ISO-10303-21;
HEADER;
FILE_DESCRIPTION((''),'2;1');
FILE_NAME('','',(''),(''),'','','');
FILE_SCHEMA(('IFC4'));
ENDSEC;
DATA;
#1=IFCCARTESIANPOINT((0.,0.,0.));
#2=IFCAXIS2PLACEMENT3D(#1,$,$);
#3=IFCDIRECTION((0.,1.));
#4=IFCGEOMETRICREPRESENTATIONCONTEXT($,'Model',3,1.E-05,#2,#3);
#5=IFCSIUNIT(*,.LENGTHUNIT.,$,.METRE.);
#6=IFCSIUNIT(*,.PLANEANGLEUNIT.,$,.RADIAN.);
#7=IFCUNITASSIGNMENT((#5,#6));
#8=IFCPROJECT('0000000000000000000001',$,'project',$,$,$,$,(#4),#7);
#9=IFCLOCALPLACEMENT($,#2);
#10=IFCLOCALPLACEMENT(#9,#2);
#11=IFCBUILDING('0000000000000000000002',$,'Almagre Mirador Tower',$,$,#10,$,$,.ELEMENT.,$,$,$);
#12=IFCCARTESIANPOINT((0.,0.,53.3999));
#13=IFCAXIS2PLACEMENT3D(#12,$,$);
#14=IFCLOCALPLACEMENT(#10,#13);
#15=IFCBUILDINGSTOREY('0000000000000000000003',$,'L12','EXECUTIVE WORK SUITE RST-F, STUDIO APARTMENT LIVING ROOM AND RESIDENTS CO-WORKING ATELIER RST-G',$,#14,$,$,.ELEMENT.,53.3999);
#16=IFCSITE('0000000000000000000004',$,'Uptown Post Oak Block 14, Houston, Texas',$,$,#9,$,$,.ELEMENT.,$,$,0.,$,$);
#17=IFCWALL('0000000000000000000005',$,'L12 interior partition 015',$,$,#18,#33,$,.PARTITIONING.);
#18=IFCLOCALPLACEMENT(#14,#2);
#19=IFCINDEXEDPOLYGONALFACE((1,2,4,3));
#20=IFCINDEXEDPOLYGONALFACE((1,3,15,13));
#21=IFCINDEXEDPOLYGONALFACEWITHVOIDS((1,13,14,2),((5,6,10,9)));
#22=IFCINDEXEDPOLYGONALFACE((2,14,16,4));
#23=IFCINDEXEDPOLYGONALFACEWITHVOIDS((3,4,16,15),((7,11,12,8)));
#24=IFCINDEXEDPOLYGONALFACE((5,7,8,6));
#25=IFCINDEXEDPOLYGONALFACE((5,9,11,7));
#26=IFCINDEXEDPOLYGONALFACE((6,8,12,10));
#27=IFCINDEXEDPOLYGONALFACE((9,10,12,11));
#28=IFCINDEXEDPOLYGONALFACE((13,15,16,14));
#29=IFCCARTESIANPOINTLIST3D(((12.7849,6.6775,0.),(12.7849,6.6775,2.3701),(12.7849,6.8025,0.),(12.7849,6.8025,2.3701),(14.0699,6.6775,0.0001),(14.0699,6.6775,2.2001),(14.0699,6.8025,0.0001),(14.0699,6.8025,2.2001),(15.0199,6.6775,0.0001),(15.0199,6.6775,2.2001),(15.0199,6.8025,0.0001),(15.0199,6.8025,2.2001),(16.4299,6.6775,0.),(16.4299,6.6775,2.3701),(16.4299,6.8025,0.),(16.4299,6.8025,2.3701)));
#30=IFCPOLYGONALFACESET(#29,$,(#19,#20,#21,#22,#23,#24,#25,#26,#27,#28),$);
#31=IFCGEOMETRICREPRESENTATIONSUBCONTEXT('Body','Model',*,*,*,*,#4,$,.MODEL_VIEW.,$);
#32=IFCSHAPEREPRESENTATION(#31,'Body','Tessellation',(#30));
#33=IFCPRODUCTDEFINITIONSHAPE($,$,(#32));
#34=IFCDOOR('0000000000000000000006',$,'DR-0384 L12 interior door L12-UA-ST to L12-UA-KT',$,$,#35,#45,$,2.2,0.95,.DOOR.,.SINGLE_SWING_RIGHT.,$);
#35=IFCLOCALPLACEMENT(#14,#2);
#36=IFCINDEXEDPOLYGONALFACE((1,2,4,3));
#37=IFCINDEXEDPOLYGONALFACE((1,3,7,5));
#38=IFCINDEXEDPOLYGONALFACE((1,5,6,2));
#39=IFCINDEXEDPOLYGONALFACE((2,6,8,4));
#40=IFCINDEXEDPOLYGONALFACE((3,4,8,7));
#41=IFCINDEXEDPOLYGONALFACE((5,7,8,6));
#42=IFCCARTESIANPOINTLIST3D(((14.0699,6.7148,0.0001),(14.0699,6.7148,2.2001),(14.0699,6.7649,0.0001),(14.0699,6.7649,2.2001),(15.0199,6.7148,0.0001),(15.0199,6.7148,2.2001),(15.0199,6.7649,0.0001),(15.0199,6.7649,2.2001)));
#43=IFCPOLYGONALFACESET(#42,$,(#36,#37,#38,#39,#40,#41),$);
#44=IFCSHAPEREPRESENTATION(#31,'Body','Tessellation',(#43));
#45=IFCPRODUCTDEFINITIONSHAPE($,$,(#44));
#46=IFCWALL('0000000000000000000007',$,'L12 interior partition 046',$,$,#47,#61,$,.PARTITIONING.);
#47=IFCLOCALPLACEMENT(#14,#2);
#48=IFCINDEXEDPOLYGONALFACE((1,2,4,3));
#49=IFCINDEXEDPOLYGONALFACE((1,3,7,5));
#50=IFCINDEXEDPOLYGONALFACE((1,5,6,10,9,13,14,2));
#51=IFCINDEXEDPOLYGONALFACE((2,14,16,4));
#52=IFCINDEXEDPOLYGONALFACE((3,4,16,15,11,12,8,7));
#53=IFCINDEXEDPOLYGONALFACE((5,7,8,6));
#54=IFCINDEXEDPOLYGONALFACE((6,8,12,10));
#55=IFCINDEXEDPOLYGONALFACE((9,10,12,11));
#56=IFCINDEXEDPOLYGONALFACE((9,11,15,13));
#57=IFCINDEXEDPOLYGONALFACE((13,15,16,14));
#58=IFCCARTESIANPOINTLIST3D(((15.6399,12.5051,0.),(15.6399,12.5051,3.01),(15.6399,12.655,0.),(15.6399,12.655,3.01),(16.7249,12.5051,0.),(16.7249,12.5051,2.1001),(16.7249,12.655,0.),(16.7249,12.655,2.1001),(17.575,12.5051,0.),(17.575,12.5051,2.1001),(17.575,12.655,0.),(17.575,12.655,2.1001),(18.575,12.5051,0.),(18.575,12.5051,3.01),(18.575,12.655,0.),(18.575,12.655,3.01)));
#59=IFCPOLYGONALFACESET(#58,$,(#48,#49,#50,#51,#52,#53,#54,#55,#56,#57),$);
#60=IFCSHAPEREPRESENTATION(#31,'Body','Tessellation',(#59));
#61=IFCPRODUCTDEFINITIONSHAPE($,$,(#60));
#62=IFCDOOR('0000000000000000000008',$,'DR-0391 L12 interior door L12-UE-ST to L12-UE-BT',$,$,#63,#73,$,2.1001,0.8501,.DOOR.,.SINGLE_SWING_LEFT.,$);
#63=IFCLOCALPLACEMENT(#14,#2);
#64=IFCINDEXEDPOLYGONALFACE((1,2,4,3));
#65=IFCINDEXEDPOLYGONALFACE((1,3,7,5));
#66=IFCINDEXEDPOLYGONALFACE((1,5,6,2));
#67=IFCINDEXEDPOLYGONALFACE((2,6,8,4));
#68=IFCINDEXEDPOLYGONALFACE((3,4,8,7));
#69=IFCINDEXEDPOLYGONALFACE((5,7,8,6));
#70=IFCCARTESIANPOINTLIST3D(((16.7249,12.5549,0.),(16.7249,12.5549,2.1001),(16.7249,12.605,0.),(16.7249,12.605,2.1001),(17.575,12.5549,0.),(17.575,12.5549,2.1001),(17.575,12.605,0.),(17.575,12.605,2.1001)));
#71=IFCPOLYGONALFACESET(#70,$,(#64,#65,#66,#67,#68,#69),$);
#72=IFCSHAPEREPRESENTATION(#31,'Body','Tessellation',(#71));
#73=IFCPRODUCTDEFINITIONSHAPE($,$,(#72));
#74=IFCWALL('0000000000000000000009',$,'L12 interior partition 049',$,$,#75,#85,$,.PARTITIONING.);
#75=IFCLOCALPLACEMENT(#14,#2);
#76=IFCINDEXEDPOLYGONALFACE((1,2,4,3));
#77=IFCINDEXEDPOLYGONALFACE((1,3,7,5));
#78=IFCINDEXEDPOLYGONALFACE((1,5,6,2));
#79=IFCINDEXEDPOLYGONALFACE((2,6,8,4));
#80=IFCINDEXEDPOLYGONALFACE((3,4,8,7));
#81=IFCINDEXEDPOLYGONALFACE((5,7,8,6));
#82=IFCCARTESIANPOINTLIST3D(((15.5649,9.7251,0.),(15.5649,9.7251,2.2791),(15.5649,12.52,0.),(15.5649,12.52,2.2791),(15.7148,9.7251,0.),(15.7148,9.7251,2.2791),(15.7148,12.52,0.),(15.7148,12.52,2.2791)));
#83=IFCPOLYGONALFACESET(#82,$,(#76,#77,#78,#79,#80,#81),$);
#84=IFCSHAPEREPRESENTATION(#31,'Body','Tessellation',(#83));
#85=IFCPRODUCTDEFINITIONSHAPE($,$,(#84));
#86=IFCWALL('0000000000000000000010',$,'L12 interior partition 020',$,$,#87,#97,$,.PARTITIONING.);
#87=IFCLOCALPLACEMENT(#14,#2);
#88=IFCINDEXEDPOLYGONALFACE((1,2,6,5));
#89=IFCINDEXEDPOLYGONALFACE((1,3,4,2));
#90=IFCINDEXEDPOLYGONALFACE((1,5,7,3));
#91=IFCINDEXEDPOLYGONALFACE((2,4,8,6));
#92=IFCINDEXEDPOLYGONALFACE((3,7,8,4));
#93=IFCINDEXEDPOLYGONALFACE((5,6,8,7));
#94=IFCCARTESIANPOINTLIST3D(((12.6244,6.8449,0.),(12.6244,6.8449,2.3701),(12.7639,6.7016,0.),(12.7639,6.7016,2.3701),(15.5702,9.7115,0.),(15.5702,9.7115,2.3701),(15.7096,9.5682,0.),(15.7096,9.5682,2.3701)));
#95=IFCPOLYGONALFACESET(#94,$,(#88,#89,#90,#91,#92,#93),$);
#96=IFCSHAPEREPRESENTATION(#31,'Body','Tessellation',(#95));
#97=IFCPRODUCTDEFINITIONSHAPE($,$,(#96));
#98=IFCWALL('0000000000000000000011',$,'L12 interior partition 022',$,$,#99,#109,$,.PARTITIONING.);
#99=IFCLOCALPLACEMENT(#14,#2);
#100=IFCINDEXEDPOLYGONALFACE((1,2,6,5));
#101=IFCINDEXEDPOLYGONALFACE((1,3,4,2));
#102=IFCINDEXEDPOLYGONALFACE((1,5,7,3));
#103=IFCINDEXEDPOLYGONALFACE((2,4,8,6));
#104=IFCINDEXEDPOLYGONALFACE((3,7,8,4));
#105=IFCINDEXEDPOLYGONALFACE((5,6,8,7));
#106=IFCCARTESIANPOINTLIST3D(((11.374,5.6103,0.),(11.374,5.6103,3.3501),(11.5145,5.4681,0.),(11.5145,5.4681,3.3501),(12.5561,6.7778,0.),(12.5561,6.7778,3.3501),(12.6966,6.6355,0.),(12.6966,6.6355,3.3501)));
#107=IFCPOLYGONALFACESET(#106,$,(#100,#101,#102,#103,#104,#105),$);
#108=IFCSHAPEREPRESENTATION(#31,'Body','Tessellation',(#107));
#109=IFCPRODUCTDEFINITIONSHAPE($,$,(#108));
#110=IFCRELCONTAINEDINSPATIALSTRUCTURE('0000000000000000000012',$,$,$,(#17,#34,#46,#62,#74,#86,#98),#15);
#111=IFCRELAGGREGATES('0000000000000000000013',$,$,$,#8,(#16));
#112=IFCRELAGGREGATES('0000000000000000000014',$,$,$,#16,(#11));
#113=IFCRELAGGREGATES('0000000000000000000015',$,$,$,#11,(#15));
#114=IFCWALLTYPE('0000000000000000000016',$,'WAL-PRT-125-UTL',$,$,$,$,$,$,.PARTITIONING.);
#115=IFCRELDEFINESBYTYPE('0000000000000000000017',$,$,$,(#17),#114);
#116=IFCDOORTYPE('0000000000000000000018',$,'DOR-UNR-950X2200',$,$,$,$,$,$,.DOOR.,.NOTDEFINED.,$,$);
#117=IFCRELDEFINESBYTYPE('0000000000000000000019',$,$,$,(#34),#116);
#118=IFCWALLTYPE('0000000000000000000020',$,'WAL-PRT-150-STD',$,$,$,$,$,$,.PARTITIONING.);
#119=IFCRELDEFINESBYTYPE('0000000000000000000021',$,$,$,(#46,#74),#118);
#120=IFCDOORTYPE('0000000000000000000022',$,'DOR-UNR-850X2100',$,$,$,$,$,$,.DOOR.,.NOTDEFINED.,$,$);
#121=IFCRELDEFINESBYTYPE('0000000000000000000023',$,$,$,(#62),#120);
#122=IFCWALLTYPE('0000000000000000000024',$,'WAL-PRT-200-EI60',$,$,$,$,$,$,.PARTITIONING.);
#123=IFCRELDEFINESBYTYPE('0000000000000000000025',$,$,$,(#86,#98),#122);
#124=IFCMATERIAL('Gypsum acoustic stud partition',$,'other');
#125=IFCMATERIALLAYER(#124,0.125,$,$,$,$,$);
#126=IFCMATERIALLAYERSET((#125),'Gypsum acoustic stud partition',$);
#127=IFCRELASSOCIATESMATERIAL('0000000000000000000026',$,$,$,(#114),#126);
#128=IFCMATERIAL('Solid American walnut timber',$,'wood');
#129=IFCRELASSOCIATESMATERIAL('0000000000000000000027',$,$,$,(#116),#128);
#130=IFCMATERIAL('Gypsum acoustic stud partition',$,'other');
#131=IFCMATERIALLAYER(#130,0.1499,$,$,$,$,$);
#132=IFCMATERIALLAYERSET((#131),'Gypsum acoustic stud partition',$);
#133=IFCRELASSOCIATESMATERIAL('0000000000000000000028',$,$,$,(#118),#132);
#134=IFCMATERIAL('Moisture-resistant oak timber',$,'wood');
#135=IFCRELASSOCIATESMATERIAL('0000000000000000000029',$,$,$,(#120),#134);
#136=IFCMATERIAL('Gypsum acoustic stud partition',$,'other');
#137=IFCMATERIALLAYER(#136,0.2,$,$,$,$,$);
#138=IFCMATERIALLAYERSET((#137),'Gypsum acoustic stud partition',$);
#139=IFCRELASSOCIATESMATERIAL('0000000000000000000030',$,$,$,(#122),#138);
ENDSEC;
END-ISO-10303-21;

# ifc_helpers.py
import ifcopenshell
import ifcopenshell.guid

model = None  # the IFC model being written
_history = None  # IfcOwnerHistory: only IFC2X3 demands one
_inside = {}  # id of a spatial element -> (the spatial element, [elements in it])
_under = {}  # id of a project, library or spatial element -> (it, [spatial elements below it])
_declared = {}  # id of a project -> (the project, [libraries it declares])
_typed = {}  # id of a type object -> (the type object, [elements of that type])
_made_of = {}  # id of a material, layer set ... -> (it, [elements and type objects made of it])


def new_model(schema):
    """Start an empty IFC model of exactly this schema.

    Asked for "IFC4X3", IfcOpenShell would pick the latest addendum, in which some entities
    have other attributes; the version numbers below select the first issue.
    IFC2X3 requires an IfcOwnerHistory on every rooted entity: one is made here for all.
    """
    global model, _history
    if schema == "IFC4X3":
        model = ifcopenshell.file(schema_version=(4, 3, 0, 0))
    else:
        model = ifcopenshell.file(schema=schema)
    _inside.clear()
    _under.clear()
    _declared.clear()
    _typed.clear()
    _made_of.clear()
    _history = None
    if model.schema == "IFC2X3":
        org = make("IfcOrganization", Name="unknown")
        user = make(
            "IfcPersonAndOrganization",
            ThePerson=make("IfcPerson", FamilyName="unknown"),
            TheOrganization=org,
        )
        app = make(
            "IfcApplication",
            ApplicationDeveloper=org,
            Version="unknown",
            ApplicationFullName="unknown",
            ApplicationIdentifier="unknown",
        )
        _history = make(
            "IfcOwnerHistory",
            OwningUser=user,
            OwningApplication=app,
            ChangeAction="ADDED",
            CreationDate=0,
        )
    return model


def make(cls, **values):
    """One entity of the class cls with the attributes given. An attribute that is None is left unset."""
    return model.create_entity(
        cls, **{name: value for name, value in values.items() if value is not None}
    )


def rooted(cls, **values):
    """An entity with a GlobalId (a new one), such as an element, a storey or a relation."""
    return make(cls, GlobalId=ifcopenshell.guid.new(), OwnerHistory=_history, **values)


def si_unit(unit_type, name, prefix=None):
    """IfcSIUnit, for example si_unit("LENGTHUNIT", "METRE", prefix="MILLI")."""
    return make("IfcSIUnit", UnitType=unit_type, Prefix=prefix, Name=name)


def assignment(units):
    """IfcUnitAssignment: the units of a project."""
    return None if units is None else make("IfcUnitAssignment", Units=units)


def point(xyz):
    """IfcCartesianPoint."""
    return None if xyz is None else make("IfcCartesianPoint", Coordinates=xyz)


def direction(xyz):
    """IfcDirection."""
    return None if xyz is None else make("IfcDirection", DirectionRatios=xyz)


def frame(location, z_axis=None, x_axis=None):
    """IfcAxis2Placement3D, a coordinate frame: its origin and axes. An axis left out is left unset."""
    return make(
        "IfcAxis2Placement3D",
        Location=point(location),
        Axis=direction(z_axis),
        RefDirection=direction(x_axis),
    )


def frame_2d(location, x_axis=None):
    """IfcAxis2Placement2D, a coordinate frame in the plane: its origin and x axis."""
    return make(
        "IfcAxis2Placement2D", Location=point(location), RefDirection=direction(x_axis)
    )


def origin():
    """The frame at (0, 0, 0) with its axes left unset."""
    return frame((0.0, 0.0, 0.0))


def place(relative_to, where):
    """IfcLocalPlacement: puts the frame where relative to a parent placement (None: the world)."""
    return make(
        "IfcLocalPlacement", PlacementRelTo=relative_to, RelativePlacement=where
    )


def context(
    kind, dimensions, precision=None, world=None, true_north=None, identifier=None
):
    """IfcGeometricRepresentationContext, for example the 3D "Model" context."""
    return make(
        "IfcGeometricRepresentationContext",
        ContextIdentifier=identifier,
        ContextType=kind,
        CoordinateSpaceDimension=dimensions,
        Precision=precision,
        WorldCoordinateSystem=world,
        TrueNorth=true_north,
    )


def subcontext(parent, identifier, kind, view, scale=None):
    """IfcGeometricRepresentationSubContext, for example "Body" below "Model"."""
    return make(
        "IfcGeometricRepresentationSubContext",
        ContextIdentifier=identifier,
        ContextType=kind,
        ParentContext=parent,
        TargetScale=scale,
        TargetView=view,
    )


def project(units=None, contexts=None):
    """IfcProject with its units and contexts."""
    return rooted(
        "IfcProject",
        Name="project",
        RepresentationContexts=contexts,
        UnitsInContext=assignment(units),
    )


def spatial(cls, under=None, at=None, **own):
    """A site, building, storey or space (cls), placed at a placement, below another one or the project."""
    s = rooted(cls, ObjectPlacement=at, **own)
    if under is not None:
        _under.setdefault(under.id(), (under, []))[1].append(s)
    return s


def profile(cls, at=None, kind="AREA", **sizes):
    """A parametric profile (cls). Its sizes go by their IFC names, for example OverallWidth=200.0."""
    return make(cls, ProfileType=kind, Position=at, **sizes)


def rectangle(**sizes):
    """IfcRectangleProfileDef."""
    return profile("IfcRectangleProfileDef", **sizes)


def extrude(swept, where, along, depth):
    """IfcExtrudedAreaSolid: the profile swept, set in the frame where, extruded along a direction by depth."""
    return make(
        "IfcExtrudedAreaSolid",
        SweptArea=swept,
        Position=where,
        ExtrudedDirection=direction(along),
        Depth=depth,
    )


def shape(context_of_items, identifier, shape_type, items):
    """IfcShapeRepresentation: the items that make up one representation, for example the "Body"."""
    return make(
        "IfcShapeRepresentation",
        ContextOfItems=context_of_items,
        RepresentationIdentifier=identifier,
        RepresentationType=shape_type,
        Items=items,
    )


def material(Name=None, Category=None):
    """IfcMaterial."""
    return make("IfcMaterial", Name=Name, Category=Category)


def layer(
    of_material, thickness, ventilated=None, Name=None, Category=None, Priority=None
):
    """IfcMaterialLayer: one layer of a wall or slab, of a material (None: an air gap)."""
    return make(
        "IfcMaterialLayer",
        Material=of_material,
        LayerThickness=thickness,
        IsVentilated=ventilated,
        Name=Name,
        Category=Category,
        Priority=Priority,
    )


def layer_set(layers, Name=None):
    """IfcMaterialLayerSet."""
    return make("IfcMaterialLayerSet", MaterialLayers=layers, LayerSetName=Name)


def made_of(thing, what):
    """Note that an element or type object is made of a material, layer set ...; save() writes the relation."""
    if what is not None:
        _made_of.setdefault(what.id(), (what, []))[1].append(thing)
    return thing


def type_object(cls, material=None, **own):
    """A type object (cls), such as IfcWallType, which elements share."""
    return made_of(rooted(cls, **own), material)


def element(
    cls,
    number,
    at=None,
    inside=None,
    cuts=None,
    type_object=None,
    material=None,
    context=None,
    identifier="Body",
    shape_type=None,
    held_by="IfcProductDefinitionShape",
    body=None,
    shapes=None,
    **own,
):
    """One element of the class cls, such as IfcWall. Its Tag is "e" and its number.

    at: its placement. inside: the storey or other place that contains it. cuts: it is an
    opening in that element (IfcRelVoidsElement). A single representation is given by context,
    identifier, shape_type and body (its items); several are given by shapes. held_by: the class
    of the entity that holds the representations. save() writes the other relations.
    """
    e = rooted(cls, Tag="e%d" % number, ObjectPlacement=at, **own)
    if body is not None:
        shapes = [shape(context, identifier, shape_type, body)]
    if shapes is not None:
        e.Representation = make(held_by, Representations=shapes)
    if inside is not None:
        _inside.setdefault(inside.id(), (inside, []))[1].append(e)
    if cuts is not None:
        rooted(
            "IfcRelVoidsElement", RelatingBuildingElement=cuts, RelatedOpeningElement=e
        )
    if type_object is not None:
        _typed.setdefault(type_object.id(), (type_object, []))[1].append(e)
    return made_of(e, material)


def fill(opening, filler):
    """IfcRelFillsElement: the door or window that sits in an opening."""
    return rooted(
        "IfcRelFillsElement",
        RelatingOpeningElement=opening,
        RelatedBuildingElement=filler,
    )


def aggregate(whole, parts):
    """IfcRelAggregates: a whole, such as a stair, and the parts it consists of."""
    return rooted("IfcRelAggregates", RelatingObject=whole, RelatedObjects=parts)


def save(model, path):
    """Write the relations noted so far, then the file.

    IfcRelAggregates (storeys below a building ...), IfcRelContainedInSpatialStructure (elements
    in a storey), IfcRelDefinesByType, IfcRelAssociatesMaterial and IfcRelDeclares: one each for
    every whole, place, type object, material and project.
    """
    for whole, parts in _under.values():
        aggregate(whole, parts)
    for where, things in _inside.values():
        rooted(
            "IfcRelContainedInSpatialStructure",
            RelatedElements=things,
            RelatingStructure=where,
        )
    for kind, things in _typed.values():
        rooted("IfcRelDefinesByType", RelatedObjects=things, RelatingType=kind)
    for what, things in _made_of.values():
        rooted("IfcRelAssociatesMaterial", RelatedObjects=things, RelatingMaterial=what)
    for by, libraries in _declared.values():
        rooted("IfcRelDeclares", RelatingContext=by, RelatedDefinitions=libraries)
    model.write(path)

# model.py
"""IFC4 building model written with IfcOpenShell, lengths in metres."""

from ifc_helpers import new_model, si_unit, direction, frame, frame_2d, origin, place, context, subcontext, project, spatial, rectangle, extrude, material, layer, layer_set, type_object, element, fill, save


model = new_model("IFC4")

# Units and contexts
model_context = context("Model", 3, precision=1e-05, world=origin(), true_north=direction((0.0, 1.0)))
body_context = subcontext(model_context, "Body", "Model", "MODEL_VIEW")
ifc_project = project(units=[si_unit("LENGTHUNIT", "METRE"), si_unit("PLANEANGLEUNIT", "RADIAN")], contexts=[model_context])

# Site, building, storey
site_placement = place(None, origin())
site = spatial("IfcSite", under=ifc_project, at=site_placement, Name="Uptown Post Oak Block 14, Houston, Texas", CompositionType="ELEMENT", RefElevation=0.0)
building_placement = place(site_placement, origin())
building = spatial("IfcBuilding", under=site, at=building_placement, Name="Almagre Mirador Tower", CompositionType="ELEMENT")
storey_placement = place(building_placement, frame((0.0, 0.0, 53.3999)))
storey = spatial("IfcBuildingStorey", under=building, at=storey_placement, Name="L12", Description="EXECUTIVE WORK SUITE RST-F, STUDIO APARTMENT LIVING ROOM AND RESIDENTS CO-WORKING ATELIER RST-G", CompositionType="ELEMENT", Elevation=53.3999)

# Walls, openings, doors
ifc_material_1 = material(Name="Gypsum acoustic stud partition", Category="other")
ifc_layer_1 = layer(ifc_material_1, 0.125)
ifc_layer_set_1 = layer_set([ifc_layer_1], Name="Gypsum acoustic stud partition")
wall_type_1 = type_object("IfcWallType", Name="WAL-PRT-125-UTL", PredefinedType="PARTITIONING", material=ifc_layer_set_1)
wall_1_placement = place(storey_placement, frame((12.7849, 6.74, 0.0), z_axis=(0.0, 0.0, 1.0), x_axis=(1.0, 0.0, 0.0)))
wall_1 = element("IfcWall", 1, at=wall_1_placement, inside=storey, type_object=wall_type_1, Name="L12 interior partition 015", PredefinedType="PARTITIONING", context=body_context, shape_type="SweptSolid", body=[
    extrude(rectangle(XDim=3.645, YDim=0.125, at=frame_2d((1.8225, 0.0))), origin(), (0.0, 0.0, 1.0), 2.3701),
])
opening_1_placement = place(wall_1_placement, frame((1.2849, 0.0, 0.0)))
opening_1 = element("IfcOpeningElement", 2, at=opening_1_placement, cuts=wall_1, PredefinedType="OPENING", context=body_context, shape_type="SweptSolid", body=[
    extrude(rectangle(XDim=0.95, YDim=2.2, at=frame_2d((0.4751, 1.1001))), frame((0.0, 0.0725, 0.0), z_axis=(0.0, -1.0, 0.0), x_axis=(1.0, 0.0, 0.0)), (0.0, 0.0, 1.0), 0.145),
])
ifc_material_2 = material(Name="Solid American walnut timber", Category="wood")
door_type_1 = type_object("IfcDoorType", Name="DOR-UNR-950X2200", OperationType="NOTDEFINED", PredefinedType="DOOR", material=ifc_material_2)
door_1_placement = place(opening_1_placement, origin())
door_1 = element("IfcDoor", 3, at=door_1_placement, inside=storey, type_object=door_type_1, Name="DR-0384 L12 interior door L12-UA-ST to L12-UA-KT", OperationType="SINGLE_SWING_RIGHT", OverallHeight=2.2, OverallWidth=0.95, PredefinedType="DOOR", context=body_context, shape_type="SweptSolid", body=[
    extrude(rectangle(XDim=0.95, YDim=2.2, at=frame_2d((0.4751, 1.1001))), frame((0.0, 0.0249, 0.0), z_axis=(0.0, -1.0, 0.0), x_axis=(1.0, 0.0, 0.0)), (0.0, 0.0, 1.0), 0.05),
])
fill(opening_1, door_1)
ifc_material_3 = material(Name="Gypsum acoustic stud partition", Category="other")
ifc_layer_2 = layer(ifc_material_3, 0.1499)
ifc_layer_set_2 = layer_set([ifc_layer_2], Name="Gypsum acoustic stud partition")
wall_type_2 = type_object("IfcWallType", Name="WAL-PRT-150-STD", PredefinedType="PARTITIONING", material=ifc_layer_set_2)
wall_2_placement = place(storey_placement, frame((15.6399, 12.5801, 0.0), z_axis=(0.0, 0.0, 1.0), x_axis=(1.0, 0.0, 0.0)))
wall_2 = element("IfcWall", 4, at=wall_2_placement, inside=storey, type_object=wall_type_2, Name="L12 interior partition 046", PredefinedType="PARTITIONING", context=body_context, shape_type="SweptSolid", body=[
    extrude(rectangle(XDim=2.9351, YDim=0.1499, at=frame_2d((1.4675, 0.0))), origin(), (0.0, 0.0, 1.0), 3.01),
])
opening_2_placement = place(wall_2_placement, frame((1.085, 0.0, 0.0)))
opening_2 = element("IfcOpeningElement", 5, at=opening_2_placement, cuts=wall_2, PredefinedType="OPENING", context=body_context, shape_type="SweptSolid", body=[
    extrude(rectangle(XDim=0.8501, YDim=2.1001, at=frame_2d((0.425, 1.05))), frame((0.0, 0.085, 0.0), z_axis=(0.0, -1.0, 0.0), x_axis=(1.0, 0.0, 0.0)), (0.0, 0.0, 1.0), 0.1699),
])
ifc_material_4 = material(Name="Moisture-resistant oak timber", Category="wood")
door_type_2 = type_object("IfcDoorType", Name="DOR-UNR-850X2100", OperationType="NOTDEFINED", PredefinedType="DOOR", material=ifc_material_4)
door_2_placement = place(opening_2_placement, origin())
door_2 = element("IfcDoor", 6, at=door_2_placement, inside=storey, type_object=door_type_2, Name="DR-0391 L12 interior door L12-UE-ST to L12-UE-BT", OperationType="SINGLE_SWING_LEFT", OverallHeight=2.1001, OverallWidth=0.8501, PredefinedType="DOOR", context=body_context, shape_type="SweptSolid", body=[
    extrude(rectangle(XDim=0.8501, YDim=2.1001, at=frame_2d((0.425, 1.05))), frame((0.0, 0.0249, 0.0), z_axis=(0.0, -1.0, 0.0), x_axis=(1.0, 0.0, 0.0)), (0.0, 0.0, 1.0), 0.05),
])
fill(opening_2, door_2)

# Walls
wall_3_placement = place(storey_placement, frame((15.6399, 12.52, 0.0), z_axis=(0.0, 0.0, 1.0), x_axis=(0.0, -1.0, 0.0)))
element("IfcWall", 7, at=wall_3_placement, inside=storey, type_object=wall_type_2, Name="L12 interior partition 049", PredefinedType="PARTITIONING", context=body_context, shape_type="SweptSolid", body=[
    extrude(rectangle(XDim=2.7949, YDim=0.1499, at=frame_2d((1.3975, 0.0))), origin(), (0.0, 0.0, 1.0), 2.2791),
])
ifc_material_5 = material(Name="Gypsum acoustic stud partition", Category="other")
ifc_layer_3 = layer(ifc_material_5, 0.2)
ifc_layer_set_3 = layer_set([ifc_layer_3], Name="Gypsum acoustic stud partition")
wall_type_3 = type_object("IfcWallType", Name="WAL-PRT-200-EI60", PredefinedType="PARTITIONING", material=ifc_layer_set_3)
wall_4_placement = place(storey_placement, frame((15.6399, 9.6399, 0.0), z_axis=(0.0, 0.0, 1.0), x_axis=(-0.716663, -0.697419, 0.0)))
element("IfcWall", 8, at=wall_4_placement, inside=storey, type_object=wall_type_3, Name="L12 interior partition 020", PredefinedType="PARTITIONING", context=body_context, shape_type="SweptSolid", body=[
    extrude(rectangle(XDim=4.1104, YDim=0.2, at=frame_2d((2.0552, 0.0))), origin(), (0.0, 0.0, 1.0), 2.3701),
])
wall_5_placement = place(storey_placement, frame((12.6262, 6.7065, 0.0), z_axis=(0.0, 0.0, 1.0), x_axis=(-0.711501, -0.702685, 0.0)))
element("IfcWall", 9, at=wall_5_placement, inside=storey, type_object=wall_type_3, Name="L12 interior partition 022", PredefinedType="PARTITIONING", context=body_context, shape_type="SweptSolid", body=[
    extrude(rectangle(XDim=1.6614, YDim=0.2, at=frame_2d((0.8306, 0.0))), origin(), (0.0, 0.0, 1.0), 3.3501),
])

save(model, "model.ifc")
